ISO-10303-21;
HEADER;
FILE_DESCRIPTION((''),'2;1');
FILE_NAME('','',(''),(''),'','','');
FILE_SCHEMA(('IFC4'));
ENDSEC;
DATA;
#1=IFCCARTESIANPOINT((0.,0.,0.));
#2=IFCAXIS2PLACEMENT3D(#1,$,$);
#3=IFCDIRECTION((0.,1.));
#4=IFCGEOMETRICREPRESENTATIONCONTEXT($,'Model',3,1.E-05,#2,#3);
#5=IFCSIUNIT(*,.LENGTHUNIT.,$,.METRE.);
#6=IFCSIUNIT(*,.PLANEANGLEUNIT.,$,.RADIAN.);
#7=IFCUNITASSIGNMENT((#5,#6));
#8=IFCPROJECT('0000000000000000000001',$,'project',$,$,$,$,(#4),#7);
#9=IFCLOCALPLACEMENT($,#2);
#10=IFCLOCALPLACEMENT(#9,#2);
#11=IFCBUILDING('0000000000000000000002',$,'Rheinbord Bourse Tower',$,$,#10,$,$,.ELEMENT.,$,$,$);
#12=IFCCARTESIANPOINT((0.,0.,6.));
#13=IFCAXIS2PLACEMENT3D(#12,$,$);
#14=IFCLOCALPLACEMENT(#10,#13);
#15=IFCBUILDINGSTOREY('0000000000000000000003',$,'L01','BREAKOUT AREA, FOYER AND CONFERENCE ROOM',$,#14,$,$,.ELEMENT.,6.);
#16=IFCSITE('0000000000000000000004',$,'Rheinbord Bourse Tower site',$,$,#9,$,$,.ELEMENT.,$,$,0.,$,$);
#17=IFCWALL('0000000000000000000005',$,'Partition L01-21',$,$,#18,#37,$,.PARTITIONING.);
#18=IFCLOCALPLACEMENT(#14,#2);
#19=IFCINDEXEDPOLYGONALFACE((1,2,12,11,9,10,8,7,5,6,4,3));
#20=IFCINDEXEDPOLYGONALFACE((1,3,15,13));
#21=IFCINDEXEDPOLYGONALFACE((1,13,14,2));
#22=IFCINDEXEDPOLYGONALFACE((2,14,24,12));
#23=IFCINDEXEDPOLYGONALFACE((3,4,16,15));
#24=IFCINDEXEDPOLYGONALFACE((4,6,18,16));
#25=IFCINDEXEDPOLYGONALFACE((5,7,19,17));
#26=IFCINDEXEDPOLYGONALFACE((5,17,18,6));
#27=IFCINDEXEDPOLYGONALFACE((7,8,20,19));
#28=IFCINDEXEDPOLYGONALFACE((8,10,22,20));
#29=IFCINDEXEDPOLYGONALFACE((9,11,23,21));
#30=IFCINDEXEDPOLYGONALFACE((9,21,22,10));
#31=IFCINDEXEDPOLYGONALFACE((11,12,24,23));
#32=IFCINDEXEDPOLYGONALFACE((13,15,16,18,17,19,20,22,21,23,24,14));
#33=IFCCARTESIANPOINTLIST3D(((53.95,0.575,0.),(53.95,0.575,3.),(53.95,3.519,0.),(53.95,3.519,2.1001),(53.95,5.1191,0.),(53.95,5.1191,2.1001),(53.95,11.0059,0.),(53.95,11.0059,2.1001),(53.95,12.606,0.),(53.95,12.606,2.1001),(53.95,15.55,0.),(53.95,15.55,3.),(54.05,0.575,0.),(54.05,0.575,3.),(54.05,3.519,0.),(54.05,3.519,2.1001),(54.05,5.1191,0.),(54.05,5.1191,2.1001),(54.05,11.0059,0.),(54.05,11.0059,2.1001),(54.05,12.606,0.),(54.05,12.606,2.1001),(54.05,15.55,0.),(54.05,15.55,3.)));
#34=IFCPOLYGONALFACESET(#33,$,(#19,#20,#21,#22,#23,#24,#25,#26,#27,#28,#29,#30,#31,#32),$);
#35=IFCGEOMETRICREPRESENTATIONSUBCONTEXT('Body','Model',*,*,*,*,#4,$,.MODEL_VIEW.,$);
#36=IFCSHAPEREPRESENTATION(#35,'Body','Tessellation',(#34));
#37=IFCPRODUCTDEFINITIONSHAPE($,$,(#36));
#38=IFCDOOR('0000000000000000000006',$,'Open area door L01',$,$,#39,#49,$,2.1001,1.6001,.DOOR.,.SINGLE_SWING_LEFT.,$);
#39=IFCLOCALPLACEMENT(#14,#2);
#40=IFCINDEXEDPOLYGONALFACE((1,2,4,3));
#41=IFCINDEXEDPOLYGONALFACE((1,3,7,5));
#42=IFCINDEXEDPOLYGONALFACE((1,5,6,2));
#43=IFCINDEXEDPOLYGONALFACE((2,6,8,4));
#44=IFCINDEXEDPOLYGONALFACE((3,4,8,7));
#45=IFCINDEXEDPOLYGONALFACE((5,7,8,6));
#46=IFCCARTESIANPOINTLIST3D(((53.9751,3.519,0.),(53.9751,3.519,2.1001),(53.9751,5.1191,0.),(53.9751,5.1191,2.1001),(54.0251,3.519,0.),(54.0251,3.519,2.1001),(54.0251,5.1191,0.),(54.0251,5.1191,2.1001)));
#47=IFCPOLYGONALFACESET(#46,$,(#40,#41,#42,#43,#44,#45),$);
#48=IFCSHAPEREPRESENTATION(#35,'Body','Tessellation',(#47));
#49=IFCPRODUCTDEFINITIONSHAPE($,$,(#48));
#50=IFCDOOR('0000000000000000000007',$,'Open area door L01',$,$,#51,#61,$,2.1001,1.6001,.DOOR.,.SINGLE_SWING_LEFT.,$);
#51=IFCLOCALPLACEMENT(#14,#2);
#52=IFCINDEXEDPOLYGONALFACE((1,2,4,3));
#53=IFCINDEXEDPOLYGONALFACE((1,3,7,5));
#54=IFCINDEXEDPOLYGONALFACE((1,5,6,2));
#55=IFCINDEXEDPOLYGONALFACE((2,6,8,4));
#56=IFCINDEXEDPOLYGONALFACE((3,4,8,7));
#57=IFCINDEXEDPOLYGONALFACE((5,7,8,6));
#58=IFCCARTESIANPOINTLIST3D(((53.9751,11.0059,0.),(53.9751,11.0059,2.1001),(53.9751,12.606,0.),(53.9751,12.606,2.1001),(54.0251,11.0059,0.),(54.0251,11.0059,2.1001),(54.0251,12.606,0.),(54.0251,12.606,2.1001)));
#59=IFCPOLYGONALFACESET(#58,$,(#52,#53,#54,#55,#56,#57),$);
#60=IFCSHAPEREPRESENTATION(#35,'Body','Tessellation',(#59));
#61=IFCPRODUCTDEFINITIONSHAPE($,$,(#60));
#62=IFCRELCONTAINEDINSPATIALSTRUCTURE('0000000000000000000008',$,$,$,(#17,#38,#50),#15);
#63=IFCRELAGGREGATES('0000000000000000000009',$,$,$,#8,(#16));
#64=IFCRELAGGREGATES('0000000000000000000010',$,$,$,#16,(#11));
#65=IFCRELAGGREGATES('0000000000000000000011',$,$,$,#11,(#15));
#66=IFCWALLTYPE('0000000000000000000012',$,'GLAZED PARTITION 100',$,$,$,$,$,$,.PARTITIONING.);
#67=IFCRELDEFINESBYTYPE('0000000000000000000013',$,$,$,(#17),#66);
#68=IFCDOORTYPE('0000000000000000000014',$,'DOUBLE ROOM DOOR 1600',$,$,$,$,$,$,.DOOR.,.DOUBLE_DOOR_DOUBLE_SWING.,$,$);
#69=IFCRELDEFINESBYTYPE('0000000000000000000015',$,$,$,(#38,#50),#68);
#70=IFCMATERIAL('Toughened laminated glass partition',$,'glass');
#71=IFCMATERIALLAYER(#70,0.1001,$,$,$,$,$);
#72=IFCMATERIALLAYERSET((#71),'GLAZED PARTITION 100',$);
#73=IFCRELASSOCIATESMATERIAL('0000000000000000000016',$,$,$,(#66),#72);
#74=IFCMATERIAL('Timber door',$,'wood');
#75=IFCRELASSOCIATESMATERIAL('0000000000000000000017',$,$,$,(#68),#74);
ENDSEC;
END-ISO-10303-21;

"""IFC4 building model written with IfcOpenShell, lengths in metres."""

from ifc_helpers import new_model, si_unit, direction, frame, frame_2d, origin, place, context, subcontext, project, spatial, rectangle, extrude, material, layer, layer_set, type_object, element, fill, save


model = new_model("IFC4")

# Units and contexts
model_context = context("Model", 3, precision=1e-05, world=origin(), true_north=direction((0.0, 1.0)))
body_context = subcontext(model_context, "Body", "Model", "MODEL_VIEW")
ifc_project = project(units=[si_unit("LENGTHUNIT", "METRE"), si_unit("PLANEANGLEUNIT", "RADIAN")], contexts=[model_context])

# Site, building, storey
site_placement = place(None, origin())
site = spatial("IfcSite", under=ifc_project, at=site_placement, Name="Rheinbord Bourse Tower site", CompositionType="ELEMENT", RefElevation=0.0)
building_placement = place(site_placement, origin())
building = spatial("IfcBuilding", under=site, at=building_placement, Name="Rheinbord Bourse Tower", CompositionType="ELEMENT")
storey_placement = place(building_placement, frame((0.0, 0.0, 6.0)))
storey = spatial("IfcBuildingStorey", under=building, at=storey_placement, Name="L01", Description="BREAKOUT AREA, FOYER AND CONFERENCE ROOM", CompositionType="ELEMENT", Elevation=6.0)

# Wall, openings, doors
ifc_material_1 = material(Name="Toughened laminated glass partition", Category="glass")
ifc_layer_1 = layer(ifc_material_1, 0.1001)
ifc_layer_set_1 = layer_set([ifc_layer_1], Name="GLAZED PARTITION 100")
wall_type_1 = type_object("IfcWallType", Name="GLAZED PARTITION 100", PredefinedType="PARTITIONING", material=ifc_layer_set_1)
wall_1_placement = place(storey_placement, frame((54.0, 0.575, 0.0), z_axis=(0.0, 0.0, 1.0), x_axis=(0.0, 1.0, 0.0)))
wall_1 = element("IfcWall", 1, at=wall_1_placement, inside=storey, type_object=wall_type_1, Name="Partition L01-21", PredefinedType="PARTITIONING", context=body_context, shape_type="SweptSolid", body=[
    extrude(rectangle(XDim=14.9751, YDim=0.1001, at=frame_2d((7.4875, 0.0))), origin(), (0.0, 0.0, 1.0), 3.0),
])
opening_1_placement = place(wall_1_placement, frame((2.9441, 0.0, 0.0)))
opening_1 = element("IfcOpeningElement", 2, at=opening_1_placement, cuts=wall_1, PredefinedType="OPENING", context=body_context, shape_type="SweptSolid", body=[
    extrude(rectangle(XDim=1.6001, YDim=2.1001, at=frame_2d((0.8, 1.05))), frame((0.0, 0.0601, 0.0), z_axis=(0.0, -1.0, 0.0), x_axis=(1.0, 0.0, 0.0)), (0.0, 0.0, 1.0), 0.1201),
])
opening_2_placement = place(wall_1_placement, frame((10.4309, 0.0, 0.0)))
opening_2 = element("IfcOpeningElement", 3, at=opening_2_placement, cuts=wall_1, PredefinedType="OPENING", context=body_context, shape_type="SweptSolid", body=[
    extrude(rectangle(XDim=1.6001, YDim=2.1001, at=frame_2d((0.8, 1.05))), frame((0.0, 0.0601, 0.0), z_axis=(0.0, -1.0, 0.0), x_axis=(1.0, 0.0, 0.0)), (0.0, 0.0, 1.0), 0.1201),
])
ifc_material_2 = material(Name="Timber door", Category="wood")
door_type = type_object("IfcDoorType", Name="DOUBLE ROOM DOOR 1600", OperationType="DOUBLE_DOOR_DOUBLE_SWING", PredefinedType="DOOR", material=ifc_material_2)
door_1_placement = place(opening_1_placement, origin())
door_1 = element("IfcDoor", 4, at=door_1_placement, inside=storey, type_object=door_type, Name="Open area door L01", OperationType="SINGLE_SWING_LEFT", OverallHeight=2.1001, OverallWidth=1.6001, PredefinedType="DOOR", context=body_context, shape_type="SweptSolid", body=[
    extrude(rectangle(XDim=1.6001, YDim=2.1001, at=frame_2d((0.8, 1.05))), frame((0.0, 0.0249, 0.0), z_axis=(0.0, -1.0, 0.0), x_axis=(1.0, 0.0, 0.0)), (0.0, 0.0, 1.0), 0.05),
])
fill(opening_1, door_1)
door_2_placement = place(opening_2_placement, origin())
door_2 = element("IfcDoor", 5, at=door_2_placement, inside=storey, type_object=door_type, Name="Open area door L01", OperationType="SINGLE_SWING_LEFT", OverallHeight=2.1001, OverallWidth=1.6001, PredefinedType="DOOR", context=body_context, shape_type="SweptSolid", body=[
    extrude(rectangle(XDim=1.6001, YDim=2.1001, at=frame_2d((0.8, 1.05))), frame((0.0, 0.0249, 0.0), z_axis=(0.0, -1.0, 0.0), x_axis=(1.0, 0.0, 0.0)), (0.0, 0.0, 1.0), 0.05),
])
fill(opening_2, door_2)

save(model, "model.ifc")
